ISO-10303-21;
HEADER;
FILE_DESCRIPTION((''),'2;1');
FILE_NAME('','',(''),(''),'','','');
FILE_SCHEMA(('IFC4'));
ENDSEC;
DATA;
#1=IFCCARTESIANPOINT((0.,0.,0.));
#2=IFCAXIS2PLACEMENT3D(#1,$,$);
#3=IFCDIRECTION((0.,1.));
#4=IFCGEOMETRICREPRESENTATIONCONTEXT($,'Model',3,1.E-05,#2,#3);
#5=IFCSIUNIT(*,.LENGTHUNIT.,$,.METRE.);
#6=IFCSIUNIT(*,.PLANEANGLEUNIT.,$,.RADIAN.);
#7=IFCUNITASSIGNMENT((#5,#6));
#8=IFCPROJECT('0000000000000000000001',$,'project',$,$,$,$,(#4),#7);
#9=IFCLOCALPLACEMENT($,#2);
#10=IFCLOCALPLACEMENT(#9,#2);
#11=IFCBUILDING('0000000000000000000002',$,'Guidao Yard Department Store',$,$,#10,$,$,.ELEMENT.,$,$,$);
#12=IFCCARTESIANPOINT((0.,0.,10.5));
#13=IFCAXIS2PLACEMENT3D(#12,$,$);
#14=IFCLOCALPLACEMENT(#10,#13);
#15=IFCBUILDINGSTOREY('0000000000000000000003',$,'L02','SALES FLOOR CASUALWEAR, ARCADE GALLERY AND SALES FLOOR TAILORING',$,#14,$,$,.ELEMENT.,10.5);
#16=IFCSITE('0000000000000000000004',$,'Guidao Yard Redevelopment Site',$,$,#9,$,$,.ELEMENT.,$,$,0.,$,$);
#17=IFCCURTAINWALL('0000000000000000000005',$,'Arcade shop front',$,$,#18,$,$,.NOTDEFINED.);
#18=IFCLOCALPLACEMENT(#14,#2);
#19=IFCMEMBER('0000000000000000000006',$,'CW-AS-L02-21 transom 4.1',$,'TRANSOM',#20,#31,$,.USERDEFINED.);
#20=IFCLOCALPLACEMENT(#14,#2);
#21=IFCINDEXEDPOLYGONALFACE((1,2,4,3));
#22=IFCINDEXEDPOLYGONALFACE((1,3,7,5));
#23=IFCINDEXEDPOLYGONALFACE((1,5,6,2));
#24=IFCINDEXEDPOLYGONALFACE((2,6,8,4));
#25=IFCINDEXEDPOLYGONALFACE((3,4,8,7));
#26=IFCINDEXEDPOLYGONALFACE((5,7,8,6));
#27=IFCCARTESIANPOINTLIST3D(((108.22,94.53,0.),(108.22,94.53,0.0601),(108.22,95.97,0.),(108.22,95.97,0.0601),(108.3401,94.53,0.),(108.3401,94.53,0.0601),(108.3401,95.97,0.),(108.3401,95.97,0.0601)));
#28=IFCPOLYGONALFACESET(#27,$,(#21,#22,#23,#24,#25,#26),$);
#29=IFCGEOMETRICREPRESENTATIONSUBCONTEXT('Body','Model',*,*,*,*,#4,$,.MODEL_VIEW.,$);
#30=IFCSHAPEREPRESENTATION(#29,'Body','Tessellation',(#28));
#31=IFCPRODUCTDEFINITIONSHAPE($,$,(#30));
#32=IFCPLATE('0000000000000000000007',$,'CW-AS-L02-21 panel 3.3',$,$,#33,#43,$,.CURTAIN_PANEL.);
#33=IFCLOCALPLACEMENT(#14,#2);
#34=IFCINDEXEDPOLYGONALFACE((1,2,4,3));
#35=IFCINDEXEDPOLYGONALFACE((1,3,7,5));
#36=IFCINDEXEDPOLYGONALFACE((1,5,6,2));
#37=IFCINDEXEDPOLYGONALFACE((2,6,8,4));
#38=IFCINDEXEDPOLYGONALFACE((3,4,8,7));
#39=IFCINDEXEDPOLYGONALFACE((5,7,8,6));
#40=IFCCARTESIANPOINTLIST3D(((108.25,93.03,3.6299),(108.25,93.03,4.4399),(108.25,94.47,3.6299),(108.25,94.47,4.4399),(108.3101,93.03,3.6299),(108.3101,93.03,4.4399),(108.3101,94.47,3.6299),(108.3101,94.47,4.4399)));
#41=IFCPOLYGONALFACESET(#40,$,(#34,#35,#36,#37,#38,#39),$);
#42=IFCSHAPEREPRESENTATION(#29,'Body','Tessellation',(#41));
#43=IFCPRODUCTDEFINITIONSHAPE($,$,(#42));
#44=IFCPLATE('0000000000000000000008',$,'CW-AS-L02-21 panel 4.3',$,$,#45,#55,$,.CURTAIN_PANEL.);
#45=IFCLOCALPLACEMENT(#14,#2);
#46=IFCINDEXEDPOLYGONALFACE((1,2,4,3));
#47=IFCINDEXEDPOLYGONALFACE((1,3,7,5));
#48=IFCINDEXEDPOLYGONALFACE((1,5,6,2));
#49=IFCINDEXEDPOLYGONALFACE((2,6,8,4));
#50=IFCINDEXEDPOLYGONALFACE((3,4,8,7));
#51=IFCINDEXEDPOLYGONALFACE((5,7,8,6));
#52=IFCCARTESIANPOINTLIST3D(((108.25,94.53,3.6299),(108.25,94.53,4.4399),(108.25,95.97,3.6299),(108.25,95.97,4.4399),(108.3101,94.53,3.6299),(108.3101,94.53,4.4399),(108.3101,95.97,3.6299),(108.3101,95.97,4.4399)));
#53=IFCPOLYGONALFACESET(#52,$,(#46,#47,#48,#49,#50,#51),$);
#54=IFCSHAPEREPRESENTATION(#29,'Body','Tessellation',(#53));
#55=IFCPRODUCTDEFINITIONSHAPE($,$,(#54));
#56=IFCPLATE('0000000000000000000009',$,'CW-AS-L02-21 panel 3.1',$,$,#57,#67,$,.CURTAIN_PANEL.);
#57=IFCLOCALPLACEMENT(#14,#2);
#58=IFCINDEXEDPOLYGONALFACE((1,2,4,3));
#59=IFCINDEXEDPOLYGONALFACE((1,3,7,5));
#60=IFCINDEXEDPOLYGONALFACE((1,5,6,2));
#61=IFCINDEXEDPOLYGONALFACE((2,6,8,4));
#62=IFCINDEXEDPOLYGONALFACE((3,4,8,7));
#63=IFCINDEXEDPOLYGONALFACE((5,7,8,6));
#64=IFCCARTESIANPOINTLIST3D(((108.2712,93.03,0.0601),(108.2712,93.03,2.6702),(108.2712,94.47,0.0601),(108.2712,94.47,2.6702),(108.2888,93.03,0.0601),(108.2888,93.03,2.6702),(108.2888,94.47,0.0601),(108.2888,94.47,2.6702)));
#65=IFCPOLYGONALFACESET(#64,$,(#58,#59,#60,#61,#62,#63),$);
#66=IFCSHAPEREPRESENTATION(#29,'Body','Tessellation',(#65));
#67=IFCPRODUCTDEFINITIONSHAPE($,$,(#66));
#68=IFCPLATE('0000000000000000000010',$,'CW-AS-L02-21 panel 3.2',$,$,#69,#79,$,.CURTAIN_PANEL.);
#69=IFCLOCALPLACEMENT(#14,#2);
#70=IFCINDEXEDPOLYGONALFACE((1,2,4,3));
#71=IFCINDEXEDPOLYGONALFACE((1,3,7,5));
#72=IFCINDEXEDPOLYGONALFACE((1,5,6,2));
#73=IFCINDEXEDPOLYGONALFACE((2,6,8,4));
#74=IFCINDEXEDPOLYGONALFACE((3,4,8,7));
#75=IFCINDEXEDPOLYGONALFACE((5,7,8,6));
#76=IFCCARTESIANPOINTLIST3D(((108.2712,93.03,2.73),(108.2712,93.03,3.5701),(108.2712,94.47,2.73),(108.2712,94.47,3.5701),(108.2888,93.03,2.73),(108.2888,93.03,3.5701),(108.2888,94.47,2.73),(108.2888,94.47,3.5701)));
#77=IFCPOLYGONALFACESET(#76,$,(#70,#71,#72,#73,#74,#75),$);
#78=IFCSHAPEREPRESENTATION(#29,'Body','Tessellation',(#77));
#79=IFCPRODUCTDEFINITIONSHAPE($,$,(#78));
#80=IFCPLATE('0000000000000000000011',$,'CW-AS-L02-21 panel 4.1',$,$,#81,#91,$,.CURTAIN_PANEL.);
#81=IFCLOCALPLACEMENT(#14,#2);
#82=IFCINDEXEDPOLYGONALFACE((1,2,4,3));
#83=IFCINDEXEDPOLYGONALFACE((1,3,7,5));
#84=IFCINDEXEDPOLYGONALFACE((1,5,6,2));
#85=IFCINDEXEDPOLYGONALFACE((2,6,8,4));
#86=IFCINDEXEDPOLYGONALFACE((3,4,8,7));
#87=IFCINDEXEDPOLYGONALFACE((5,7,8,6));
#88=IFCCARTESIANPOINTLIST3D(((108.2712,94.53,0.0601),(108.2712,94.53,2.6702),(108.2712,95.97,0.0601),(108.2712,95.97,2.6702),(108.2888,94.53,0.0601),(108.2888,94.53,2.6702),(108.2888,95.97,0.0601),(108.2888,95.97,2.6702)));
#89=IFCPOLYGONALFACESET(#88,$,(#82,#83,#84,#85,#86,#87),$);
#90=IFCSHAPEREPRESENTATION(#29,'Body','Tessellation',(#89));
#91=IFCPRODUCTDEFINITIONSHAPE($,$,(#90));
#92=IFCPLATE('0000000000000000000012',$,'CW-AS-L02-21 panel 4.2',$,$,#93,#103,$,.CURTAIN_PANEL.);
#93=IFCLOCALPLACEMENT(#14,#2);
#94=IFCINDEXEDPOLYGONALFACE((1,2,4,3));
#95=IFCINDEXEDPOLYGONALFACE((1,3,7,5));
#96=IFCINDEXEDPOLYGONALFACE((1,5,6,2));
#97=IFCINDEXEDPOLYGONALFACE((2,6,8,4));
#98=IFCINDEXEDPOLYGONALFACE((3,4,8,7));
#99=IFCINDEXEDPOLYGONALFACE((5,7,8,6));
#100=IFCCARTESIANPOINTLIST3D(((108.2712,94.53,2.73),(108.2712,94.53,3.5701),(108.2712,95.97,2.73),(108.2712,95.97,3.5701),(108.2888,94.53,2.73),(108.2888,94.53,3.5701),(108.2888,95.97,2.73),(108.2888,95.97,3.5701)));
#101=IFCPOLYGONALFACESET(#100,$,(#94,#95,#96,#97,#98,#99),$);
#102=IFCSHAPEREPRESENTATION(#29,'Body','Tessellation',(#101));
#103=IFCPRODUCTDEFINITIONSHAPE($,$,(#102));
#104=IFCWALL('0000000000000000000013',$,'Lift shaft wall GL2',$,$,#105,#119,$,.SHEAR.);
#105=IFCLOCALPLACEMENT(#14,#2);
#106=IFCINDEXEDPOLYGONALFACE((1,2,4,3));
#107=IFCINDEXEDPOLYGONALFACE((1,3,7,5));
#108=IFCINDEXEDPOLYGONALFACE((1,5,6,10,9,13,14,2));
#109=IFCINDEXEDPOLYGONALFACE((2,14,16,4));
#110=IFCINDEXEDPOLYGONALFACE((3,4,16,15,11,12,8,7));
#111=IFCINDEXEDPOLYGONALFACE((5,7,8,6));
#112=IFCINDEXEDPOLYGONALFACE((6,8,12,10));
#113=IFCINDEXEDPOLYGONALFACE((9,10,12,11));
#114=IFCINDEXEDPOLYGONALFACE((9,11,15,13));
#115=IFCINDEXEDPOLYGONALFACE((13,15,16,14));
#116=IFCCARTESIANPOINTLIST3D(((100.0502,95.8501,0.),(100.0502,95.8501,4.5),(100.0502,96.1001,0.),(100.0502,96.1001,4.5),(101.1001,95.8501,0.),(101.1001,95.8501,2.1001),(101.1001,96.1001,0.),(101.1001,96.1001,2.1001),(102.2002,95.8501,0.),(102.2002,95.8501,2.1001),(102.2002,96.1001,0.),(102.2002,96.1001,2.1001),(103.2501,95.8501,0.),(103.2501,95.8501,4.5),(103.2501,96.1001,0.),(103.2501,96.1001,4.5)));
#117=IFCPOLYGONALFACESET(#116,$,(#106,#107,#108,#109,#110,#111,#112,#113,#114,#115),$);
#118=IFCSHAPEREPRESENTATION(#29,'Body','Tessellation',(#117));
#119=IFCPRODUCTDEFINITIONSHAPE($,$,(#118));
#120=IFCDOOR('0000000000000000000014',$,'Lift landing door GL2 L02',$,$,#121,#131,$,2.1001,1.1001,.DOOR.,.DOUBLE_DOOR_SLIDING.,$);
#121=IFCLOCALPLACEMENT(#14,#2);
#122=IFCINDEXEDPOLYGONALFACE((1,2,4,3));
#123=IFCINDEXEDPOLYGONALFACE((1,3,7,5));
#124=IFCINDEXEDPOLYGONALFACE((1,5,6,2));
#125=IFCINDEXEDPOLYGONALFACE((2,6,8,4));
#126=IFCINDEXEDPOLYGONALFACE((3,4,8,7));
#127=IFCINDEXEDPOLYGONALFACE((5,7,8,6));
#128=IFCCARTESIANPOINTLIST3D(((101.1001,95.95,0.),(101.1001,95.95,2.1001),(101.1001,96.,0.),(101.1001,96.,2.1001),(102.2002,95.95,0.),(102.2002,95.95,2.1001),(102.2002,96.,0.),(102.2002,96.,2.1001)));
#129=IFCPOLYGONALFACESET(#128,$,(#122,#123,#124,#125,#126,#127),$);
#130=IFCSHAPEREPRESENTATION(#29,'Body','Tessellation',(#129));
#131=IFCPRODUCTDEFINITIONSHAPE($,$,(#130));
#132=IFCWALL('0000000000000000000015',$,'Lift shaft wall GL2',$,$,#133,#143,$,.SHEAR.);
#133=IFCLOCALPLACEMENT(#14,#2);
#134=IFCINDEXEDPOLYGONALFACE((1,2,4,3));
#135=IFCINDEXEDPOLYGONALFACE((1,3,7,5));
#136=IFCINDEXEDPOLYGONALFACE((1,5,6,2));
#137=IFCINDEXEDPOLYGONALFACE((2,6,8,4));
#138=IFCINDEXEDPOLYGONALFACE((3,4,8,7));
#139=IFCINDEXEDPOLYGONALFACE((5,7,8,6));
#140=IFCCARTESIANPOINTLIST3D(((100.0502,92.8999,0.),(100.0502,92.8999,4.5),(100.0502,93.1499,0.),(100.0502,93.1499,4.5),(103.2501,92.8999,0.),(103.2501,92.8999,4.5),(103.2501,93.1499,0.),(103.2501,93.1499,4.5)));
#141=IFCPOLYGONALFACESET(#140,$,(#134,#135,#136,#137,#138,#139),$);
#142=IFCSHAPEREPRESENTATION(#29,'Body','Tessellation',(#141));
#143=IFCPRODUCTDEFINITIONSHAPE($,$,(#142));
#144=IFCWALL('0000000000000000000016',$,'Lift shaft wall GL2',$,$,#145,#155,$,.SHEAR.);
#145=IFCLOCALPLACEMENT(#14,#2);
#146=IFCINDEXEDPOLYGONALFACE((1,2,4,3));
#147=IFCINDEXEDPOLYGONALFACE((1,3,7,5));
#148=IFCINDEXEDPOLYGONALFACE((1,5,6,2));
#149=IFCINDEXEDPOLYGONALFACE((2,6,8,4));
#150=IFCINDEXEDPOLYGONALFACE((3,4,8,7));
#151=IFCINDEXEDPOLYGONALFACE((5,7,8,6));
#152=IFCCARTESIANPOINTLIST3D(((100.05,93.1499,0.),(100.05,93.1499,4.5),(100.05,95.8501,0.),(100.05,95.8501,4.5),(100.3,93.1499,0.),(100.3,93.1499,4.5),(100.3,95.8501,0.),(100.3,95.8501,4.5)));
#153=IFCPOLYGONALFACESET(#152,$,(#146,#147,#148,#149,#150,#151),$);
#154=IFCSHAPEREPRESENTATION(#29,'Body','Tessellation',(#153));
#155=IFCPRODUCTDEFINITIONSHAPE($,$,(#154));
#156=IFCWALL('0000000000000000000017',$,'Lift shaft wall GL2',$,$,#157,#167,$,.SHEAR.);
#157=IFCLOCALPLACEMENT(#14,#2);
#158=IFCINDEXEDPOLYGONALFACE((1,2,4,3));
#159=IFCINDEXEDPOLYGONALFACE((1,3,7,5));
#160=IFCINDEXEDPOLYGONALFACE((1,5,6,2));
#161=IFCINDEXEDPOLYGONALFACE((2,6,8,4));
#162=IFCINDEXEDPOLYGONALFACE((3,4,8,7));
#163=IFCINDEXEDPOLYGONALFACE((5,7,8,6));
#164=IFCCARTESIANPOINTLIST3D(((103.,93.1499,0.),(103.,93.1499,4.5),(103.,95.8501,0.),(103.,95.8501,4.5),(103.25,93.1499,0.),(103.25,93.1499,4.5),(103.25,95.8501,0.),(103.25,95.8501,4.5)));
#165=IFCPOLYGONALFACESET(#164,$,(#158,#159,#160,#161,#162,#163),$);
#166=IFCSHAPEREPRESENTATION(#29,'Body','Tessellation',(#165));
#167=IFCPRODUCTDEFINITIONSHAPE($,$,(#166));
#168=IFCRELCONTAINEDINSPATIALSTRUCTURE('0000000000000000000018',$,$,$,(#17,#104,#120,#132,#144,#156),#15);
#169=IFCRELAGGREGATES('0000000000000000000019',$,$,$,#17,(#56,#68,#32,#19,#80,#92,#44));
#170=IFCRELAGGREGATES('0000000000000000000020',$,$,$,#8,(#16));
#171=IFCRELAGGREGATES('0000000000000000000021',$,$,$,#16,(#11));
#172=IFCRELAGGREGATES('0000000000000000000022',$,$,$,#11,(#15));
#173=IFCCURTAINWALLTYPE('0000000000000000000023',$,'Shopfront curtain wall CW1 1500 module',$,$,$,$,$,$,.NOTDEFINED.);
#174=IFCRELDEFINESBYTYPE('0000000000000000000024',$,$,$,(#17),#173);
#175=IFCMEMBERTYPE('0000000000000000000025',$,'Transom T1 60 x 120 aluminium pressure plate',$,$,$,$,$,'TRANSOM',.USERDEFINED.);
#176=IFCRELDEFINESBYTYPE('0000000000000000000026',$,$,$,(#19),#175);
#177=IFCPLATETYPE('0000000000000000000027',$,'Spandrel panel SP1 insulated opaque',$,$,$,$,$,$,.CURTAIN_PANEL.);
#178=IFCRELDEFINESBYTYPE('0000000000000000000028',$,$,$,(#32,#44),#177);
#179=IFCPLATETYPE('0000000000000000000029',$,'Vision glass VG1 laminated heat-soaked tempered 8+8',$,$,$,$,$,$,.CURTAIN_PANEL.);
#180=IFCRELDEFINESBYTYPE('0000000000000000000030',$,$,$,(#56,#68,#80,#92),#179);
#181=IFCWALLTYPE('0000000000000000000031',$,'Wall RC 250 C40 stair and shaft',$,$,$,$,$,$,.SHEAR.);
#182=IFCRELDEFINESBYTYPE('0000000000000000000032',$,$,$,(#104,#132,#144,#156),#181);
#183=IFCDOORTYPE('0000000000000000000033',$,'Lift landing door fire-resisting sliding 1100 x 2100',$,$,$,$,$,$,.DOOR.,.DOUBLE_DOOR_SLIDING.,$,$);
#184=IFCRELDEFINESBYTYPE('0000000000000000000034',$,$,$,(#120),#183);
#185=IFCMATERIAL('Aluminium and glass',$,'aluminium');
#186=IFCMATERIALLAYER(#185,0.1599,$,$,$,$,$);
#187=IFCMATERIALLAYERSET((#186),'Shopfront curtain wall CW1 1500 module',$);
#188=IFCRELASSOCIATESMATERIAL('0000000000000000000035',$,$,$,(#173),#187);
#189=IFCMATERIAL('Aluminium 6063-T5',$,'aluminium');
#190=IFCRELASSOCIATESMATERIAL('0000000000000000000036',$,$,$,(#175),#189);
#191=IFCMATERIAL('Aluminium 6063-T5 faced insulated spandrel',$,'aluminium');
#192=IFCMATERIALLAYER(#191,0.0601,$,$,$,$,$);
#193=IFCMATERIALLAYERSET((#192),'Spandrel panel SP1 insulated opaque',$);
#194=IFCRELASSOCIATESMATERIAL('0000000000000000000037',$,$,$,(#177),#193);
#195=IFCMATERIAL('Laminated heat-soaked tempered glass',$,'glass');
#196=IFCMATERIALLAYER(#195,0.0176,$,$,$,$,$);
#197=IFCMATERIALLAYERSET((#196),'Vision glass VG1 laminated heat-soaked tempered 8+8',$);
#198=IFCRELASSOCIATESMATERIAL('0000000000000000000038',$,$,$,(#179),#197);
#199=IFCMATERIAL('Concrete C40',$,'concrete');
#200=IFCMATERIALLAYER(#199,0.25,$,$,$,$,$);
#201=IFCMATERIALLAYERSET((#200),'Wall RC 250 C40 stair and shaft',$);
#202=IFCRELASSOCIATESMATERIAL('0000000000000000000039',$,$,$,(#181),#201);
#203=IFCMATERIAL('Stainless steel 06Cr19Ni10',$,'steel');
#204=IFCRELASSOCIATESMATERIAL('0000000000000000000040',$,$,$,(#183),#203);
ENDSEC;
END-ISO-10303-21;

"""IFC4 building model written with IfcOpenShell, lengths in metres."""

from ifc_helpers import new_model, si_unit, direction, frame, frame_2d, origin, origin_2d, place, context, subcontext, project, spatial, rectangle, extrude, material, layer, layer_set, material_profile, profile_set, type_object, element, fill, aggregate, save


model = new_model("IFC4")

# Units and contexts
model_context = context("Model", 3, precision=1e-05, world=origin(), true_north=direction((0.0, 1.0)))
body_context = subcontext(model_context, "Body", "Model", "MODEL_VIEW")
ifc_project = project(units=[si_unit("LENGTHUNIT", "METRE"), si_unit("PLANEANGLEUNIT", "RADIAN")], contexts=[model_context])

# Site, building, storey
site_placement = place(None, origin())
site = spatial("IfcSite", under=ifc_project, at=site_placement, Name="Guidao Yard Redevelopment Site", CompositionType="ELEMENT", RefElevation=0.0)
building_placement = place(site_placement, origin())
building = spatial("IfcBuilding", under=site, at=building_placement, Name="Guidao Yard Department Store", CompositionType="ELEMENT")
storey_placement = place(building_placement, frame((0.0, 0.0, 10.5)))
storey = spatial("IfcBuildingStorey", under=building, at=storey_placement, Name="L02", Description="SALES FLOOR CASUALWEAR, ARCADE GALLERY AND SALES FLOOR TAILORING", CompositionType="ELEMENT", Elevation=10.5)

# Curtain wall
ifc_material_1 = material(Name="Aluminium and glass", Category="aluminium")
ifc_layer_1 = layer(ifc_material_1, 0.1599)
ifc_layer_set_1 = layer_set([ifc_layer_1], Name="Shopfront curtain wall CW1 1500 module")
curtain_wall_type = type_object("IfcCurtainWallType", Name="Shopfront curtain wall CW1 1500 module", PredefinedType="NOTDEFINED", material=ifc_layer_set_1)
curtain_wall_placement = place(storey_placement, origin())
curtain_wall = element("IfcCurtainWall", 1, at=curtain_wall_placement, inside=storey, type_object=curtain_wall_type, Name="Arcade shop front", PredefinedType="NOTDEFINED")

# Member
ifc_material_2 = material(Name="Aluminium 6063-T5", Category="aluminium")
ifc_material_profile_1 = material_profile(ifc_material_2, rectangle(XDim=0.1201, YDim=0.0601, at=origin_2d()), Name="Transom T1 60 x 120 aluminium pressure plate")
ifc_profile_set_1 = profile_set([ifc_material_profile_1], Name="Aluminium 6063-T5")
member_type_1 = type_object("IfcMemberType", Name="Transom T1 60 x 120 aluminium pressure plate", ElementType="TRANSOM", PredefinedType="USERDEFINED", material=ifc_profile_set_1)
member_1_placement = place(storey_placement, frame((108.28, 95.97, 0.03), z_axis=(0.0, -1.0, 0.0), x_axis=(1.0, 0.0, 0.0)))
member_1 = element("IfcMember", 2, at=member_1_placement, type_object=member_type_1, Name="CW-AS-L02-21 transom 4.1", ObjectType="TRANSOM", PredefinedType="USERDEFINED", context=body_context, shape_type="SweptSolid", body=[
    extrude(rectangle(XDim=0.1201, YDim=0.0601, at=origin_2d()), origin(), (0.0, 0.0, 1.0), 1.4399),
])

# Plates
ifc_material_3 = material(Name="Aluminium 6063-T5 faced insulated spandrel", Category="aluminium")
ifc_layer_2 = layer(ifc_material_3, 0.0601)
ifc_layer_set_2 = layer_set([ifc_layer_2], Name="Spandrel panel SP1 insulated opaque")
plate_type_1 = type_object("IfcPlateType", Name="Spandrel panel SP1 insulated opaque", PredefinedType="CURTAIN_PANEL", material=ifc_layer_set_2)
plate_1_placement = place(storey_placement, frame((108.28, 93.75, 3.6299), z_axis=(0.0, 0.0, 1.0), x_axis=(0.0, -1.0, 0.0)))
plate_1 = element("IfcPlate", 3, at=plate_1_placement, type_object=plate_type_1, Name="CW-AS-L02-21 panel 3.3", PredefinedType="CURTAIN_PANEL", context=body_context, shape_type="SweptSolid", body=[
    extrude(rectangle(XDim=1.4399, YDim=0.0601, at=origin_2d()), origin(), (0.0, 0.0, 1.0), 0.8101),
])
plate_2_placement = place(storey_placement, frame((108.28, 95.25, 3.6299), z_axis=(0.0, 0.0, 1.0), x_axis=(0.0, -1.0, 0.0)))
plate_2 = element("IfcPlate", 4, at=plate_2_placement, type_object=plate_type_1, Name="CW-AS-L02-21 panel 4.3", PredefinedType="CURTAIN_PANEL", context=body_context, shape_type="SweptSolid", body=[
    extrude(rectangle(XDim=1.4399, YDim=0.0601, at=origin_2d()), origin(), (0.0, 0.0, 1.0), 0.8101),
])
ifc_material_4 = material(Name="Laminated heat-soaked tempered glass", Category="glass")
ifc_layer_3 = layer(ifc_material_4, 0.0176)
ifc_layer_set_3 = layer_set([ifc_layer_3], Name="Vision glass VG1 laminated heat-soaked tempered 8+8")
plate_type_2 = type_object("IfcPlateType", Name="Vision glass VG1 laminated heat-soaked tempered 8+8", PredefinedType="CURTAIN_PANEL", material=ifc_layer_set_3)
plate_3_placement = place(storey_placement, frame((108.28, 93.75, 0.0601), z_axis=(0.0, 0.0, 1.0), x_axis=(0.0, -1.0, 0.0)))
plate_3 = element("IfcPlate", 5, at=plate_3_placement, type_object=plate_type_2, Name="CW-AS-L02-21 panel 3.1", PredefinedType="CURTAIN_PANEL", context=body_context, shape_type="SweptSolid", body=[
    extrude(rectangle(XDim=1.4399, YDim=0.0176, at=origin_2d()), origin(), (0.0, 0.0, 1.0), 2.6101),
])
plate_4_placement = place(storey_placement, frame((108.28, 93.75, 2.73), z_axis=(0.0, 0.0, 1.0), x_axis=(0.0, -1.0, 0.0)))
plate_4 = element("IfcPlate", 6, at=plate_4_placement, type_object=plate_type_2, Name="CW-AS-L02-21 panel 3.2", PredefinedType="CURTAIN_PANEL", context=body_context, shape_type="SweptSolid", body=[
    extrude(rectangle(XDim=1.4399, YDim=0.0176, at=origin_2d()), origin(), (0.0, 0.0, 1.0), 0.8401),
])
plate_5_placement = place(storey_placement, frame((108.28, 95.25, 0.0601), z_axis=(0.0, 0.0, 1.0), x_axis=(0.0, -1.0, 0.0)))
plate_5 = element("IfcPlate", 7, at=plate_5_placement, type_object=plate_type_2, Name="CW-AS-L02-21 panel 4.1", PredefinedType="CURTAIN_PANEL", context=body_context, shape_type="SweptSolid", body=[
    extrude(rectangle(XDim=1.4399, YDim=0.0176, at=origin_2d()), origin(), (0.0, 0.0, 1.0), 2.6101),
])
plate_6_placement = place(storey_placement, frame((108.28, 95.25, 2.73), z_axis=(0.0, 0.0, 1.0), x_axis=(0.0, -1.0, 0.0)))
plate_6 = element("IfcPlate", 8, at=plate_6_placement, type_object=plate_type_2, Name="CW-AS-L02-21 panel 4.2", PredefinedType="CURTAIN_PANEL", context=body_context, shape_type="SweptSolid", body=[
    extrude(rectangle(XDim=1.4399, YDim=0.0176, at=origin_2d()), origin(), (0.0, 0.0, 1.0), 0.8401),
])
aggregate(curtain_wall, [plate_3, plate_4, plate_1, member_1, plate_5, plate_6, plate_2])

# Wall, opening, door
ifc_material_5 = material(Name="Concrete C40", Category="concrete")
ifc_layer_4 = layer(ifc_material_5, 0.25)
ifc_layer_set_4 = layer_set([ifc_layer_4], Name="Wall RC 250 C40 stair and shaft")
wall_type = type_object("IfcWallType", Name="Wall RC 250 C40 stair and shaft", PredefinedType="SHEAR", material=ifc_layer_set_4)
wall_1_placement = place(storey_placement, frame((100.05, 95.9751, 0.0), z_axis=(0.0, 0.0, 1.0), x_axis=(1.0, 0.0, 0.0)))
wall_1 = element("IfcWall", 9, at=wall_1_placement, inside=storey, type_object=wall_type, Name="Lift shaft wall GL2", PredefinedType="SHEAR", context=body_context, shape_type="SweptSolid", body=[
    extrude(rectangle(XDim=3.2, YDim=0.25, at=frame_2d((1.6001, 0.0))), origin(), (0.0, 0.0, 1.0), 4.5),
])
opening_placement = place(wall_1_placement, frame((1.05, 0.0, 0.0)))
opening = element("IfcOpeningElement", 10, at=opening_placement, cuts=wall_1, PredefinedType="OPENING", context=body_context, shape_type="SweptSolid", body=[
    extrude(rectangle(XDim=1.1001, YDim=2.1001, at=frame_2d((0.55, 1.05))), frame((0.0, 0.135, 0.0), z_axis=(0.0, -1.0, 0.0), x_axis=(1.0, 0.0, 0.0)), (0.0, 0.0, 1.0), 0.27),
])
ifc_material_6 = material(Name="Stainless steel 06Cr19Ni10", Category="steel")
door_type = type_object("IfcDoorType", Name="Lift landing door fire-resisting sliding 1100 x 2100", OperationType="DOUBLE_DOOR_SLIDING", PredefinedType="DOOR", material=ifc_material_6)
door_placement = place(opening_placement, origin())
door = element("IfcDoor", 11, at=door_placement, inside=storey, type_object=door_type, Name="Lift landing door GL2 L02", OperationType="DOUBLE_DOOR_SLIDING", OverallHeight=2.1001, OverallWidth=1.1001, PredefinedType="DOOR", context=body_context, shape_type="SweptSolid", body=[
    extrude(rectangle(XDim=1.1001, YDim=2.1001, at=frame_2d((0.55, 1.05))), frame((0.0, 0.0249, 0.0), z_axis=(0.0, -1.0, 0.0), x_axis=(1.0, 0.0, 0.0)), (0.0, 0.0, 1.0), 0.05),
])
fill(opening, door)

# Walls
wall_2_placement = place(storey_placement, frame((100.05, 93.0249, 0.0), z_axis=(0.0, 0.0, 1.0), x_axis=(1.0, 0.0, 0.0)))
element("IfcWall", 12, at=wall_2_placement, inside=storey, type_object=wall_type, Name="Lift shaft wall GL2", PredefinedType="SHEAR", context=body_context, shape_type="SweptSolid", body=[
    extrude(rectangle(XDim=3.2, YDim=0.25, at=frame_2d((1.6001, 0.0))), origin(), (0.0, 0.0, 1.0), 4.5),
])
for number, where, z_axis, x_axis, name in (
    (13, (100.175, 93.1499, 0.0), (0.0, 0.0, 1.0), (0.0, 1.0, 0.0), "Lift shaft wall GL2"),
    (14, (103.125, 93.1499, 0.0), (0.0, 0.0, 1.0), (0.0, 1.0, 0.0), "Lift shaft wall GL2"),
):
    element("IfcWall", number, at=place(storey_placement, frame(where, z_axis=z_axis, x_axis=x_axis)), inside=storey, type_object=wall_type, Name=name, PredefinedType="SHEAR", context=body_context, shape_type="SweptSolid", body=[
        extrude(rectangle(XDim=2.7002, YDim=0.25, at=frame_2d((1.3501, 0.0))), origin(), (0.0, 0.0, 1.0), 4.5),
    ])

save(model, "model.ifc")
